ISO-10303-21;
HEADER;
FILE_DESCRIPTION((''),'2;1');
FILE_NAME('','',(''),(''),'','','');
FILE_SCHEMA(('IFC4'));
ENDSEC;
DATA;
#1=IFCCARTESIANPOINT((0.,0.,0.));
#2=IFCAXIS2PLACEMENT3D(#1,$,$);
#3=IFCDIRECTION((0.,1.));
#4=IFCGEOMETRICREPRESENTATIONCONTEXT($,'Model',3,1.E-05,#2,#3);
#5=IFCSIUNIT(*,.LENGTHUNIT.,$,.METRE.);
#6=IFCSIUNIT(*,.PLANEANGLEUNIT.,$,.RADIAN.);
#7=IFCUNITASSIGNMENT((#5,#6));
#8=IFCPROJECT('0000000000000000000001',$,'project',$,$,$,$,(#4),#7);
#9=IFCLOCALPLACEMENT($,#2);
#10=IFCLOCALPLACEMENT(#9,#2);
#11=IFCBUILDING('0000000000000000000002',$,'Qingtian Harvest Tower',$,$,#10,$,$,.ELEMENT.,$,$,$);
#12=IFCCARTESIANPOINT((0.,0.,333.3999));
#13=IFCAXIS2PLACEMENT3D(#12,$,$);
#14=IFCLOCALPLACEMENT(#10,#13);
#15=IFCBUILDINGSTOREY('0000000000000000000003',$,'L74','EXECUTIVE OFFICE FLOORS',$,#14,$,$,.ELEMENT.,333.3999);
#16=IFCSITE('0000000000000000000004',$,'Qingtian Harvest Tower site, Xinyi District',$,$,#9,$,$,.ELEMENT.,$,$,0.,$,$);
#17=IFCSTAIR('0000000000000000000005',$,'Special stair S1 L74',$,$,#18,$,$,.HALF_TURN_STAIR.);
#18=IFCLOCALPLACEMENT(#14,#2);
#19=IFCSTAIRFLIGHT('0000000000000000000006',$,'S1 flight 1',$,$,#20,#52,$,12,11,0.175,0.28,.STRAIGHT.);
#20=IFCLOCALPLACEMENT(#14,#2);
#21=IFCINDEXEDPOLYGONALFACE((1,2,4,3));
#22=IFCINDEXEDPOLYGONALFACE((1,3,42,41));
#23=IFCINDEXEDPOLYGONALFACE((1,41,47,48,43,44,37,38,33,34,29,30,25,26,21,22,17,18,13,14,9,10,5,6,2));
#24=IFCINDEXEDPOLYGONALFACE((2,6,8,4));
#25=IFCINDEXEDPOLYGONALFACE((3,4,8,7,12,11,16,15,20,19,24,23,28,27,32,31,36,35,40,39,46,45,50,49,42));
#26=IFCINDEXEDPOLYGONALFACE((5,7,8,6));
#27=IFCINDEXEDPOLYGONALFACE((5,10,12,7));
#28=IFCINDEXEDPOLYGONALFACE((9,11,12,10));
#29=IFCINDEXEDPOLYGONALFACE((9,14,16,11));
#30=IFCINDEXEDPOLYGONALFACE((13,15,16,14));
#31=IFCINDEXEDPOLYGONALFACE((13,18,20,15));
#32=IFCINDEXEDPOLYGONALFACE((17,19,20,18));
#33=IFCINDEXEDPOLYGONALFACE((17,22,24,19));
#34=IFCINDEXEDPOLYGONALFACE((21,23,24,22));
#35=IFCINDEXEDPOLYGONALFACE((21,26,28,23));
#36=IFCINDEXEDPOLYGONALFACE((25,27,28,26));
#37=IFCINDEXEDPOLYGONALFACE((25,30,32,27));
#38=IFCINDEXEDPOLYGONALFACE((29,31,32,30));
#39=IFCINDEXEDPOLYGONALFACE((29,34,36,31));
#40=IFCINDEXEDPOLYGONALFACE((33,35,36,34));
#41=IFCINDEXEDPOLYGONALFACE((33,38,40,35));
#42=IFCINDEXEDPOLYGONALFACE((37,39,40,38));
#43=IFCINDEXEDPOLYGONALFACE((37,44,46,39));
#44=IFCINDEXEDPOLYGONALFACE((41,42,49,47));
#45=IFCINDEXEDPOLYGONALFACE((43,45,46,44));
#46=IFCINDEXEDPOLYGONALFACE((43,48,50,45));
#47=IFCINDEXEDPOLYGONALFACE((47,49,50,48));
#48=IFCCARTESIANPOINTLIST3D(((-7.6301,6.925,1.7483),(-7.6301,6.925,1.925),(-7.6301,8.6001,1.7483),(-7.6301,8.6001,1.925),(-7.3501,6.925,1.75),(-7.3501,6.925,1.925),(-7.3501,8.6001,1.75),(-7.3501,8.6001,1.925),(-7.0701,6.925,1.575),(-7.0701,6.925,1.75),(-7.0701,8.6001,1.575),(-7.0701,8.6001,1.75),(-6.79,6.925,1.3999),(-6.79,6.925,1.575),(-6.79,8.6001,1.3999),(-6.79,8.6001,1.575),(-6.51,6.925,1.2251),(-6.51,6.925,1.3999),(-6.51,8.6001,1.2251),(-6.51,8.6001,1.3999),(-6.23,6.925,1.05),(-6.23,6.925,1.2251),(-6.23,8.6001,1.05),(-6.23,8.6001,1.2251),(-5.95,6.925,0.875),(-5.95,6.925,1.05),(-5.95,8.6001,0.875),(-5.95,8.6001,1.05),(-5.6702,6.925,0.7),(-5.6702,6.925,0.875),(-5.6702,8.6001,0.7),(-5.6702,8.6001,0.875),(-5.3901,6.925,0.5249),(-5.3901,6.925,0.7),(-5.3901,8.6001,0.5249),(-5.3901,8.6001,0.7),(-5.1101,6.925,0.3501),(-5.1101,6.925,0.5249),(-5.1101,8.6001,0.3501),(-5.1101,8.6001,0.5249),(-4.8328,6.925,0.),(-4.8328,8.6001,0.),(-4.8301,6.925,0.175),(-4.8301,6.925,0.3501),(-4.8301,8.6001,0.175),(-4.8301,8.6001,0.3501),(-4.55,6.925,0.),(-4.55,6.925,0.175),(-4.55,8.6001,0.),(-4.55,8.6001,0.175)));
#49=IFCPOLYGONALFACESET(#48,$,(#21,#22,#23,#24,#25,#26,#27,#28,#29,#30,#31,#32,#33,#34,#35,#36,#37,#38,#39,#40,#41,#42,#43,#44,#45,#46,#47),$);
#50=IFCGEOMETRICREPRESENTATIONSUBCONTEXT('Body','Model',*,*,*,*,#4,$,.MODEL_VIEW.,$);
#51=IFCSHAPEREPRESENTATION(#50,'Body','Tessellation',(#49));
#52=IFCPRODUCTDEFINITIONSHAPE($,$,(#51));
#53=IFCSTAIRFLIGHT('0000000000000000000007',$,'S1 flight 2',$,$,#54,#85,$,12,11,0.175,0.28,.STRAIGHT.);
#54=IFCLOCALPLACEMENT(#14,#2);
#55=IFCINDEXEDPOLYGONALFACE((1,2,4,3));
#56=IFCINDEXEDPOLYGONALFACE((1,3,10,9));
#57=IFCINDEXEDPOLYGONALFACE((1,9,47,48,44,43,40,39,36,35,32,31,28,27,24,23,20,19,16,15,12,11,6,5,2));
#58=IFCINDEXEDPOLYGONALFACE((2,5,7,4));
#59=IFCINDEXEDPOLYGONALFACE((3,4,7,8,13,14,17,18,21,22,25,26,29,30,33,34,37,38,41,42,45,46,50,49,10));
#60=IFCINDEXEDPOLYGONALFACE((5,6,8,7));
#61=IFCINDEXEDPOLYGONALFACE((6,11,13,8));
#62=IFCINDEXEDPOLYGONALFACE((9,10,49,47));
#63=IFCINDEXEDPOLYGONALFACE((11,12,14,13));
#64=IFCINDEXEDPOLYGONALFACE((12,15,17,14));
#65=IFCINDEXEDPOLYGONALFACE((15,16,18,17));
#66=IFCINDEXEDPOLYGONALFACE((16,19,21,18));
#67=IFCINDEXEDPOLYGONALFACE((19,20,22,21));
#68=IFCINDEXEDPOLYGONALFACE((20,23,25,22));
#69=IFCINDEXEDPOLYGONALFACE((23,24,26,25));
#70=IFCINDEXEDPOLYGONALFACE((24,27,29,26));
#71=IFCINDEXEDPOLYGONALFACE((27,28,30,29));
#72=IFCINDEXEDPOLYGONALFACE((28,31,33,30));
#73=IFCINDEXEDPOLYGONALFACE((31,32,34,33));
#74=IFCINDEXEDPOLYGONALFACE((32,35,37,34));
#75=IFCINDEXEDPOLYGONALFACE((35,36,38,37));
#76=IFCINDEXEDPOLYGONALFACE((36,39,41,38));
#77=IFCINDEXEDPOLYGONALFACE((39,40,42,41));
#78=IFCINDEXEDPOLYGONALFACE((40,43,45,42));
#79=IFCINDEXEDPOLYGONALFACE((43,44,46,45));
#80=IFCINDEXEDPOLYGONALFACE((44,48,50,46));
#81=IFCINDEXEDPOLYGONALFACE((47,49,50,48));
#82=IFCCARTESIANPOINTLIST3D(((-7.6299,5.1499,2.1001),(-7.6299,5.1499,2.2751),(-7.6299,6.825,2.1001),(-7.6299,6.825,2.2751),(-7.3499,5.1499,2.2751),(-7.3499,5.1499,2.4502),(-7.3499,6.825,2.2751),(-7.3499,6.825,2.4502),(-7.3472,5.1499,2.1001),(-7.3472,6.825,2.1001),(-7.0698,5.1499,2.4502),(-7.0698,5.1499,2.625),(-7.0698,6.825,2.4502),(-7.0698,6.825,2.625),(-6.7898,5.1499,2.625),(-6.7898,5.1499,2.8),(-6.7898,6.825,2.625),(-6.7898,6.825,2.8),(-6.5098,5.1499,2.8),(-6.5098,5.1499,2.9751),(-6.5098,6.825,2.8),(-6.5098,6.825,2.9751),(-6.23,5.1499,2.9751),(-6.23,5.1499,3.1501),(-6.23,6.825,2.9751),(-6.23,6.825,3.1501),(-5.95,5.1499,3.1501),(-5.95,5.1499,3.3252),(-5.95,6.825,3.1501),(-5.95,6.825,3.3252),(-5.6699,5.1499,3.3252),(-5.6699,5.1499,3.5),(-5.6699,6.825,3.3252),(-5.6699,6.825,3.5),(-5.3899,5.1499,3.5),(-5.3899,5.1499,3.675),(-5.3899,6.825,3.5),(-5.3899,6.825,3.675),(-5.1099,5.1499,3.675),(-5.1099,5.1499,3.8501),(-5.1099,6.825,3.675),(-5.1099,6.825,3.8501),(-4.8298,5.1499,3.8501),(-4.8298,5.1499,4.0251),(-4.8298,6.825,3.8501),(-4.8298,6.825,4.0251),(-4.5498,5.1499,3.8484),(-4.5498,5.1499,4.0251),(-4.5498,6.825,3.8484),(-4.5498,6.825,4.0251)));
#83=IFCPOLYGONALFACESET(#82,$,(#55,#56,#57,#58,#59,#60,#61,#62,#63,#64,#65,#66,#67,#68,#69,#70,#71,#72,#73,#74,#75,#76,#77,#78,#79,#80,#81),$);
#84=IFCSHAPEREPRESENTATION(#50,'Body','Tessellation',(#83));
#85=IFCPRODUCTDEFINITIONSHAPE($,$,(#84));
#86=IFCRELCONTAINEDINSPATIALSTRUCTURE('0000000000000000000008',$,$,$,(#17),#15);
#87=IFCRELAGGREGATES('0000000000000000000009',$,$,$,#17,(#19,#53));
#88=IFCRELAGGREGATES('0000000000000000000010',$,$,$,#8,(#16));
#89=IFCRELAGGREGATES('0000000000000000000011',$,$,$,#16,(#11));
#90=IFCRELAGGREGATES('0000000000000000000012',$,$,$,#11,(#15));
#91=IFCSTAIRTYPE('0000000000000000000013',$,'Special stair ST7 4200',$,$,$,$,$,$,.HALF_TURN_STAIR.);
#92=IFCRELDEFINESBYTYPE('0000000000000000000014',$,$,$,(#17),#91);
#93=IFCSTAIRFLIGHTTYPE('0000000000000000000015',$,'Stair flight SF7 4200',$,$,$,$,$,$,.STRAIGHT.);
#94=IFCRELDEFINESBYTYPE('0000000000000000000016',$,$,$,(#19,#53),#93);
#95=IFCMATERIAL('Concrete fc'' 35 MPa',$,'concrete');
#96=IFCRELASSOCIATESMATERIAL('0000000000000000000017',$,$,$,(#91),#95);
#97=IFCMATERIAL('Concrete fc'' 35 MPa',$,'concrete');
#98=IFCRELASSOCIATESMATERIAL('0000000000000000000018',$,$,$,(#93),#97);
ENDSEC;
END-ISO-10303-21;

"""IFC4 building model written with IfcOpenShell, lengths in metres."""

from ifc_helpers import new_model, si_unit, direction, frame, origin, place, context, subcontext, project, spatial, polyline, outline, extrude, material, type_object, element, aggregate, save


model = new_model("IFC4")

# Units and contexts
model_context = context("Model", 3, precision=1e-05, world=origin(), true_north=direction((0.0, 1.0)))
body_context = subcontext(model_context, "Body", "Model", "MODEL_VIEW")
ifc_project = project(units=[si_unit("LENGTHUNIT", "METRE"), si_unit("PLANEANGLEUNIT", "RADIAN")], contexts=[model_context])

# Site, building, storey
site_placement = place(None, origin())
site = spatial("IfcSite", under=ifc_project, at=site_placement, Name="Qingtian Harvest Tower site, Xinyi District", CompositionType="ELEMENT", RefElevation=0.0)
building_placement = place(site_placement, origin())
building = spatial("IfcBuilding", under=site, at=building_placement, Name="Qingtian Harvest Tower", CompositionType="ELEMENT")
storey_placement = place(building_placement, frame((0.0, 0.0, 333.3999)))
storey = spatial("IfcBuildingStorey", under=building, at=storey_placement, Name="L74", Description="EXECUTIVE OFFICE FLOORS", CompositionType="ELEMENT", Elevation=333.3999)

# Stair, stair flights
ifc_material_1 = material(Name="Concrete fc' 35 MPa", Category="concrete")
stair_type = type_object("IfcStairType", Name="Special stair ST7 4200", PredefinedType="HALF_TURN_STAIR", material=ifc_material_1)
stair_placement = place(storey_placement, origin())
stair = element("IfcStair", 1, at=stair_placement, inside=storey, type_object=stair_type, Name="Special stair S1 L74", PredefinedType="HALF_TURN_STAIR")
ifc_material_2 = material(Name="Concrete fc' 35 MPa", Category="concrete")
stair_flight_type = type_object("IfcStairFlightType", Name="Stair flight SF7 4200", PredefinedType="STRAIGHT", material=ifc_material_2)
stair_flight_1_placement = place(storey_placement, frame((-4.55, 7.7625, 0.0), z_axis=(0.0, 0.0, 1.0), x_axis=(-1.0, 0.0, 0.0)))
stair_flight_1 = element("IfcStairFlight", 2, at=stair_flight_1_placement, type_object=stair_flight_type, Name="S1 flight 1", NumberOfRisers=12, NumberOfTreads=11, PredefinedType="STRAIGHT", RiserHeight=0.175, TreadLength=0.28, context=body_context, shape_type="SweptSolid", body=[
    extrude(outline(polyline([(0.0, 0.0), (0.0, 0.175), (0.28, 0.175), (0.28, 0.3501), (0.5601, 0.3501), (0.5601, 0.5249), (0.8401, 0.5249), (0.8401, 0.7), (1.1201, 0.7), (1.1201, 0.875), (1.3999, 0.875), (1.3999, 1.05), (1.6799, 1.05), (1.6799, 1.2251), (1.96, 1.2251), (1.96, 1.3999), (2.24, 1.3999), (2.24, 1.575), (2.52, 1.575), (2.52, 1.75), (2.8, 1.75), (2.8, 1.925), (3.0801, 1.925), (3.0801, 2.1001), (3.0801, 1.7483), (0.2827, 0.0), (0.0, 0.0)])), frame((0.0, 0.8374, 0.0), z_axis=(0.0, -1.0, 0.0), x_axis=(1.0, 0.0, 0.0)), (0.0, 0.0, 1.0), 1.675),
])
stair_flight_2_placement = place(storey_placement, frame((-7.6299, 5.9875, 2.1001), z_axis=(0.0, 0.0, 1.0), x_axis=(1.0, 0.0, 0.0)))
stair_flight_2 = element("IfcStairFlight", 3, at=stair_flight_2_placement, type_object=stair_flight_type, Name="S1 flight 2", NumberOfRisers=12, NumberOfTreads=11, PredefinedType="STRAIGHT", RiserHeight=0.175, TreadLength=0.28, context=body_context, shape_type="SweptSolid", body=[
    extrude(outline(polyline([(0.0, 0.0), (0.0, 0.175), (0.28, 0.175), (0.28, 0.3501), (0.5601, 0.3501), (0.5601, 0.5249), (0.8401, 0.5249), (0.8401, 0.7), (1.1201, 0.7), (1.1201, 0.875), (1.3999, 0.875), (1.3999, 1.05), (1.6799, 1.05), (1.6799, 1.2251), (1.96, 1.2251), (1.96, 1.3999), (2.24, 1.3999), (2.24, 1.575), (2.52, 1.575), (2.52, 1.75), (2.8, 1.75), (2.8, 1.925), (3.0801, 1.925), (3.0801, 2.1001), (3.0801, 1.7483), (0.2827, 0.0), (0.0, 0.0)])), frame((0.0, 0.8374, 0.0), z_axis=(0.0, -1.0, 0.0), x_axis=(1.0, 0.0, 0.0)), (0.0, 0.0, 1.0), 1.675),
])
aggregate(stair, [stair_flight_1, stair_flight_2])

save(model, "model.ifc")
